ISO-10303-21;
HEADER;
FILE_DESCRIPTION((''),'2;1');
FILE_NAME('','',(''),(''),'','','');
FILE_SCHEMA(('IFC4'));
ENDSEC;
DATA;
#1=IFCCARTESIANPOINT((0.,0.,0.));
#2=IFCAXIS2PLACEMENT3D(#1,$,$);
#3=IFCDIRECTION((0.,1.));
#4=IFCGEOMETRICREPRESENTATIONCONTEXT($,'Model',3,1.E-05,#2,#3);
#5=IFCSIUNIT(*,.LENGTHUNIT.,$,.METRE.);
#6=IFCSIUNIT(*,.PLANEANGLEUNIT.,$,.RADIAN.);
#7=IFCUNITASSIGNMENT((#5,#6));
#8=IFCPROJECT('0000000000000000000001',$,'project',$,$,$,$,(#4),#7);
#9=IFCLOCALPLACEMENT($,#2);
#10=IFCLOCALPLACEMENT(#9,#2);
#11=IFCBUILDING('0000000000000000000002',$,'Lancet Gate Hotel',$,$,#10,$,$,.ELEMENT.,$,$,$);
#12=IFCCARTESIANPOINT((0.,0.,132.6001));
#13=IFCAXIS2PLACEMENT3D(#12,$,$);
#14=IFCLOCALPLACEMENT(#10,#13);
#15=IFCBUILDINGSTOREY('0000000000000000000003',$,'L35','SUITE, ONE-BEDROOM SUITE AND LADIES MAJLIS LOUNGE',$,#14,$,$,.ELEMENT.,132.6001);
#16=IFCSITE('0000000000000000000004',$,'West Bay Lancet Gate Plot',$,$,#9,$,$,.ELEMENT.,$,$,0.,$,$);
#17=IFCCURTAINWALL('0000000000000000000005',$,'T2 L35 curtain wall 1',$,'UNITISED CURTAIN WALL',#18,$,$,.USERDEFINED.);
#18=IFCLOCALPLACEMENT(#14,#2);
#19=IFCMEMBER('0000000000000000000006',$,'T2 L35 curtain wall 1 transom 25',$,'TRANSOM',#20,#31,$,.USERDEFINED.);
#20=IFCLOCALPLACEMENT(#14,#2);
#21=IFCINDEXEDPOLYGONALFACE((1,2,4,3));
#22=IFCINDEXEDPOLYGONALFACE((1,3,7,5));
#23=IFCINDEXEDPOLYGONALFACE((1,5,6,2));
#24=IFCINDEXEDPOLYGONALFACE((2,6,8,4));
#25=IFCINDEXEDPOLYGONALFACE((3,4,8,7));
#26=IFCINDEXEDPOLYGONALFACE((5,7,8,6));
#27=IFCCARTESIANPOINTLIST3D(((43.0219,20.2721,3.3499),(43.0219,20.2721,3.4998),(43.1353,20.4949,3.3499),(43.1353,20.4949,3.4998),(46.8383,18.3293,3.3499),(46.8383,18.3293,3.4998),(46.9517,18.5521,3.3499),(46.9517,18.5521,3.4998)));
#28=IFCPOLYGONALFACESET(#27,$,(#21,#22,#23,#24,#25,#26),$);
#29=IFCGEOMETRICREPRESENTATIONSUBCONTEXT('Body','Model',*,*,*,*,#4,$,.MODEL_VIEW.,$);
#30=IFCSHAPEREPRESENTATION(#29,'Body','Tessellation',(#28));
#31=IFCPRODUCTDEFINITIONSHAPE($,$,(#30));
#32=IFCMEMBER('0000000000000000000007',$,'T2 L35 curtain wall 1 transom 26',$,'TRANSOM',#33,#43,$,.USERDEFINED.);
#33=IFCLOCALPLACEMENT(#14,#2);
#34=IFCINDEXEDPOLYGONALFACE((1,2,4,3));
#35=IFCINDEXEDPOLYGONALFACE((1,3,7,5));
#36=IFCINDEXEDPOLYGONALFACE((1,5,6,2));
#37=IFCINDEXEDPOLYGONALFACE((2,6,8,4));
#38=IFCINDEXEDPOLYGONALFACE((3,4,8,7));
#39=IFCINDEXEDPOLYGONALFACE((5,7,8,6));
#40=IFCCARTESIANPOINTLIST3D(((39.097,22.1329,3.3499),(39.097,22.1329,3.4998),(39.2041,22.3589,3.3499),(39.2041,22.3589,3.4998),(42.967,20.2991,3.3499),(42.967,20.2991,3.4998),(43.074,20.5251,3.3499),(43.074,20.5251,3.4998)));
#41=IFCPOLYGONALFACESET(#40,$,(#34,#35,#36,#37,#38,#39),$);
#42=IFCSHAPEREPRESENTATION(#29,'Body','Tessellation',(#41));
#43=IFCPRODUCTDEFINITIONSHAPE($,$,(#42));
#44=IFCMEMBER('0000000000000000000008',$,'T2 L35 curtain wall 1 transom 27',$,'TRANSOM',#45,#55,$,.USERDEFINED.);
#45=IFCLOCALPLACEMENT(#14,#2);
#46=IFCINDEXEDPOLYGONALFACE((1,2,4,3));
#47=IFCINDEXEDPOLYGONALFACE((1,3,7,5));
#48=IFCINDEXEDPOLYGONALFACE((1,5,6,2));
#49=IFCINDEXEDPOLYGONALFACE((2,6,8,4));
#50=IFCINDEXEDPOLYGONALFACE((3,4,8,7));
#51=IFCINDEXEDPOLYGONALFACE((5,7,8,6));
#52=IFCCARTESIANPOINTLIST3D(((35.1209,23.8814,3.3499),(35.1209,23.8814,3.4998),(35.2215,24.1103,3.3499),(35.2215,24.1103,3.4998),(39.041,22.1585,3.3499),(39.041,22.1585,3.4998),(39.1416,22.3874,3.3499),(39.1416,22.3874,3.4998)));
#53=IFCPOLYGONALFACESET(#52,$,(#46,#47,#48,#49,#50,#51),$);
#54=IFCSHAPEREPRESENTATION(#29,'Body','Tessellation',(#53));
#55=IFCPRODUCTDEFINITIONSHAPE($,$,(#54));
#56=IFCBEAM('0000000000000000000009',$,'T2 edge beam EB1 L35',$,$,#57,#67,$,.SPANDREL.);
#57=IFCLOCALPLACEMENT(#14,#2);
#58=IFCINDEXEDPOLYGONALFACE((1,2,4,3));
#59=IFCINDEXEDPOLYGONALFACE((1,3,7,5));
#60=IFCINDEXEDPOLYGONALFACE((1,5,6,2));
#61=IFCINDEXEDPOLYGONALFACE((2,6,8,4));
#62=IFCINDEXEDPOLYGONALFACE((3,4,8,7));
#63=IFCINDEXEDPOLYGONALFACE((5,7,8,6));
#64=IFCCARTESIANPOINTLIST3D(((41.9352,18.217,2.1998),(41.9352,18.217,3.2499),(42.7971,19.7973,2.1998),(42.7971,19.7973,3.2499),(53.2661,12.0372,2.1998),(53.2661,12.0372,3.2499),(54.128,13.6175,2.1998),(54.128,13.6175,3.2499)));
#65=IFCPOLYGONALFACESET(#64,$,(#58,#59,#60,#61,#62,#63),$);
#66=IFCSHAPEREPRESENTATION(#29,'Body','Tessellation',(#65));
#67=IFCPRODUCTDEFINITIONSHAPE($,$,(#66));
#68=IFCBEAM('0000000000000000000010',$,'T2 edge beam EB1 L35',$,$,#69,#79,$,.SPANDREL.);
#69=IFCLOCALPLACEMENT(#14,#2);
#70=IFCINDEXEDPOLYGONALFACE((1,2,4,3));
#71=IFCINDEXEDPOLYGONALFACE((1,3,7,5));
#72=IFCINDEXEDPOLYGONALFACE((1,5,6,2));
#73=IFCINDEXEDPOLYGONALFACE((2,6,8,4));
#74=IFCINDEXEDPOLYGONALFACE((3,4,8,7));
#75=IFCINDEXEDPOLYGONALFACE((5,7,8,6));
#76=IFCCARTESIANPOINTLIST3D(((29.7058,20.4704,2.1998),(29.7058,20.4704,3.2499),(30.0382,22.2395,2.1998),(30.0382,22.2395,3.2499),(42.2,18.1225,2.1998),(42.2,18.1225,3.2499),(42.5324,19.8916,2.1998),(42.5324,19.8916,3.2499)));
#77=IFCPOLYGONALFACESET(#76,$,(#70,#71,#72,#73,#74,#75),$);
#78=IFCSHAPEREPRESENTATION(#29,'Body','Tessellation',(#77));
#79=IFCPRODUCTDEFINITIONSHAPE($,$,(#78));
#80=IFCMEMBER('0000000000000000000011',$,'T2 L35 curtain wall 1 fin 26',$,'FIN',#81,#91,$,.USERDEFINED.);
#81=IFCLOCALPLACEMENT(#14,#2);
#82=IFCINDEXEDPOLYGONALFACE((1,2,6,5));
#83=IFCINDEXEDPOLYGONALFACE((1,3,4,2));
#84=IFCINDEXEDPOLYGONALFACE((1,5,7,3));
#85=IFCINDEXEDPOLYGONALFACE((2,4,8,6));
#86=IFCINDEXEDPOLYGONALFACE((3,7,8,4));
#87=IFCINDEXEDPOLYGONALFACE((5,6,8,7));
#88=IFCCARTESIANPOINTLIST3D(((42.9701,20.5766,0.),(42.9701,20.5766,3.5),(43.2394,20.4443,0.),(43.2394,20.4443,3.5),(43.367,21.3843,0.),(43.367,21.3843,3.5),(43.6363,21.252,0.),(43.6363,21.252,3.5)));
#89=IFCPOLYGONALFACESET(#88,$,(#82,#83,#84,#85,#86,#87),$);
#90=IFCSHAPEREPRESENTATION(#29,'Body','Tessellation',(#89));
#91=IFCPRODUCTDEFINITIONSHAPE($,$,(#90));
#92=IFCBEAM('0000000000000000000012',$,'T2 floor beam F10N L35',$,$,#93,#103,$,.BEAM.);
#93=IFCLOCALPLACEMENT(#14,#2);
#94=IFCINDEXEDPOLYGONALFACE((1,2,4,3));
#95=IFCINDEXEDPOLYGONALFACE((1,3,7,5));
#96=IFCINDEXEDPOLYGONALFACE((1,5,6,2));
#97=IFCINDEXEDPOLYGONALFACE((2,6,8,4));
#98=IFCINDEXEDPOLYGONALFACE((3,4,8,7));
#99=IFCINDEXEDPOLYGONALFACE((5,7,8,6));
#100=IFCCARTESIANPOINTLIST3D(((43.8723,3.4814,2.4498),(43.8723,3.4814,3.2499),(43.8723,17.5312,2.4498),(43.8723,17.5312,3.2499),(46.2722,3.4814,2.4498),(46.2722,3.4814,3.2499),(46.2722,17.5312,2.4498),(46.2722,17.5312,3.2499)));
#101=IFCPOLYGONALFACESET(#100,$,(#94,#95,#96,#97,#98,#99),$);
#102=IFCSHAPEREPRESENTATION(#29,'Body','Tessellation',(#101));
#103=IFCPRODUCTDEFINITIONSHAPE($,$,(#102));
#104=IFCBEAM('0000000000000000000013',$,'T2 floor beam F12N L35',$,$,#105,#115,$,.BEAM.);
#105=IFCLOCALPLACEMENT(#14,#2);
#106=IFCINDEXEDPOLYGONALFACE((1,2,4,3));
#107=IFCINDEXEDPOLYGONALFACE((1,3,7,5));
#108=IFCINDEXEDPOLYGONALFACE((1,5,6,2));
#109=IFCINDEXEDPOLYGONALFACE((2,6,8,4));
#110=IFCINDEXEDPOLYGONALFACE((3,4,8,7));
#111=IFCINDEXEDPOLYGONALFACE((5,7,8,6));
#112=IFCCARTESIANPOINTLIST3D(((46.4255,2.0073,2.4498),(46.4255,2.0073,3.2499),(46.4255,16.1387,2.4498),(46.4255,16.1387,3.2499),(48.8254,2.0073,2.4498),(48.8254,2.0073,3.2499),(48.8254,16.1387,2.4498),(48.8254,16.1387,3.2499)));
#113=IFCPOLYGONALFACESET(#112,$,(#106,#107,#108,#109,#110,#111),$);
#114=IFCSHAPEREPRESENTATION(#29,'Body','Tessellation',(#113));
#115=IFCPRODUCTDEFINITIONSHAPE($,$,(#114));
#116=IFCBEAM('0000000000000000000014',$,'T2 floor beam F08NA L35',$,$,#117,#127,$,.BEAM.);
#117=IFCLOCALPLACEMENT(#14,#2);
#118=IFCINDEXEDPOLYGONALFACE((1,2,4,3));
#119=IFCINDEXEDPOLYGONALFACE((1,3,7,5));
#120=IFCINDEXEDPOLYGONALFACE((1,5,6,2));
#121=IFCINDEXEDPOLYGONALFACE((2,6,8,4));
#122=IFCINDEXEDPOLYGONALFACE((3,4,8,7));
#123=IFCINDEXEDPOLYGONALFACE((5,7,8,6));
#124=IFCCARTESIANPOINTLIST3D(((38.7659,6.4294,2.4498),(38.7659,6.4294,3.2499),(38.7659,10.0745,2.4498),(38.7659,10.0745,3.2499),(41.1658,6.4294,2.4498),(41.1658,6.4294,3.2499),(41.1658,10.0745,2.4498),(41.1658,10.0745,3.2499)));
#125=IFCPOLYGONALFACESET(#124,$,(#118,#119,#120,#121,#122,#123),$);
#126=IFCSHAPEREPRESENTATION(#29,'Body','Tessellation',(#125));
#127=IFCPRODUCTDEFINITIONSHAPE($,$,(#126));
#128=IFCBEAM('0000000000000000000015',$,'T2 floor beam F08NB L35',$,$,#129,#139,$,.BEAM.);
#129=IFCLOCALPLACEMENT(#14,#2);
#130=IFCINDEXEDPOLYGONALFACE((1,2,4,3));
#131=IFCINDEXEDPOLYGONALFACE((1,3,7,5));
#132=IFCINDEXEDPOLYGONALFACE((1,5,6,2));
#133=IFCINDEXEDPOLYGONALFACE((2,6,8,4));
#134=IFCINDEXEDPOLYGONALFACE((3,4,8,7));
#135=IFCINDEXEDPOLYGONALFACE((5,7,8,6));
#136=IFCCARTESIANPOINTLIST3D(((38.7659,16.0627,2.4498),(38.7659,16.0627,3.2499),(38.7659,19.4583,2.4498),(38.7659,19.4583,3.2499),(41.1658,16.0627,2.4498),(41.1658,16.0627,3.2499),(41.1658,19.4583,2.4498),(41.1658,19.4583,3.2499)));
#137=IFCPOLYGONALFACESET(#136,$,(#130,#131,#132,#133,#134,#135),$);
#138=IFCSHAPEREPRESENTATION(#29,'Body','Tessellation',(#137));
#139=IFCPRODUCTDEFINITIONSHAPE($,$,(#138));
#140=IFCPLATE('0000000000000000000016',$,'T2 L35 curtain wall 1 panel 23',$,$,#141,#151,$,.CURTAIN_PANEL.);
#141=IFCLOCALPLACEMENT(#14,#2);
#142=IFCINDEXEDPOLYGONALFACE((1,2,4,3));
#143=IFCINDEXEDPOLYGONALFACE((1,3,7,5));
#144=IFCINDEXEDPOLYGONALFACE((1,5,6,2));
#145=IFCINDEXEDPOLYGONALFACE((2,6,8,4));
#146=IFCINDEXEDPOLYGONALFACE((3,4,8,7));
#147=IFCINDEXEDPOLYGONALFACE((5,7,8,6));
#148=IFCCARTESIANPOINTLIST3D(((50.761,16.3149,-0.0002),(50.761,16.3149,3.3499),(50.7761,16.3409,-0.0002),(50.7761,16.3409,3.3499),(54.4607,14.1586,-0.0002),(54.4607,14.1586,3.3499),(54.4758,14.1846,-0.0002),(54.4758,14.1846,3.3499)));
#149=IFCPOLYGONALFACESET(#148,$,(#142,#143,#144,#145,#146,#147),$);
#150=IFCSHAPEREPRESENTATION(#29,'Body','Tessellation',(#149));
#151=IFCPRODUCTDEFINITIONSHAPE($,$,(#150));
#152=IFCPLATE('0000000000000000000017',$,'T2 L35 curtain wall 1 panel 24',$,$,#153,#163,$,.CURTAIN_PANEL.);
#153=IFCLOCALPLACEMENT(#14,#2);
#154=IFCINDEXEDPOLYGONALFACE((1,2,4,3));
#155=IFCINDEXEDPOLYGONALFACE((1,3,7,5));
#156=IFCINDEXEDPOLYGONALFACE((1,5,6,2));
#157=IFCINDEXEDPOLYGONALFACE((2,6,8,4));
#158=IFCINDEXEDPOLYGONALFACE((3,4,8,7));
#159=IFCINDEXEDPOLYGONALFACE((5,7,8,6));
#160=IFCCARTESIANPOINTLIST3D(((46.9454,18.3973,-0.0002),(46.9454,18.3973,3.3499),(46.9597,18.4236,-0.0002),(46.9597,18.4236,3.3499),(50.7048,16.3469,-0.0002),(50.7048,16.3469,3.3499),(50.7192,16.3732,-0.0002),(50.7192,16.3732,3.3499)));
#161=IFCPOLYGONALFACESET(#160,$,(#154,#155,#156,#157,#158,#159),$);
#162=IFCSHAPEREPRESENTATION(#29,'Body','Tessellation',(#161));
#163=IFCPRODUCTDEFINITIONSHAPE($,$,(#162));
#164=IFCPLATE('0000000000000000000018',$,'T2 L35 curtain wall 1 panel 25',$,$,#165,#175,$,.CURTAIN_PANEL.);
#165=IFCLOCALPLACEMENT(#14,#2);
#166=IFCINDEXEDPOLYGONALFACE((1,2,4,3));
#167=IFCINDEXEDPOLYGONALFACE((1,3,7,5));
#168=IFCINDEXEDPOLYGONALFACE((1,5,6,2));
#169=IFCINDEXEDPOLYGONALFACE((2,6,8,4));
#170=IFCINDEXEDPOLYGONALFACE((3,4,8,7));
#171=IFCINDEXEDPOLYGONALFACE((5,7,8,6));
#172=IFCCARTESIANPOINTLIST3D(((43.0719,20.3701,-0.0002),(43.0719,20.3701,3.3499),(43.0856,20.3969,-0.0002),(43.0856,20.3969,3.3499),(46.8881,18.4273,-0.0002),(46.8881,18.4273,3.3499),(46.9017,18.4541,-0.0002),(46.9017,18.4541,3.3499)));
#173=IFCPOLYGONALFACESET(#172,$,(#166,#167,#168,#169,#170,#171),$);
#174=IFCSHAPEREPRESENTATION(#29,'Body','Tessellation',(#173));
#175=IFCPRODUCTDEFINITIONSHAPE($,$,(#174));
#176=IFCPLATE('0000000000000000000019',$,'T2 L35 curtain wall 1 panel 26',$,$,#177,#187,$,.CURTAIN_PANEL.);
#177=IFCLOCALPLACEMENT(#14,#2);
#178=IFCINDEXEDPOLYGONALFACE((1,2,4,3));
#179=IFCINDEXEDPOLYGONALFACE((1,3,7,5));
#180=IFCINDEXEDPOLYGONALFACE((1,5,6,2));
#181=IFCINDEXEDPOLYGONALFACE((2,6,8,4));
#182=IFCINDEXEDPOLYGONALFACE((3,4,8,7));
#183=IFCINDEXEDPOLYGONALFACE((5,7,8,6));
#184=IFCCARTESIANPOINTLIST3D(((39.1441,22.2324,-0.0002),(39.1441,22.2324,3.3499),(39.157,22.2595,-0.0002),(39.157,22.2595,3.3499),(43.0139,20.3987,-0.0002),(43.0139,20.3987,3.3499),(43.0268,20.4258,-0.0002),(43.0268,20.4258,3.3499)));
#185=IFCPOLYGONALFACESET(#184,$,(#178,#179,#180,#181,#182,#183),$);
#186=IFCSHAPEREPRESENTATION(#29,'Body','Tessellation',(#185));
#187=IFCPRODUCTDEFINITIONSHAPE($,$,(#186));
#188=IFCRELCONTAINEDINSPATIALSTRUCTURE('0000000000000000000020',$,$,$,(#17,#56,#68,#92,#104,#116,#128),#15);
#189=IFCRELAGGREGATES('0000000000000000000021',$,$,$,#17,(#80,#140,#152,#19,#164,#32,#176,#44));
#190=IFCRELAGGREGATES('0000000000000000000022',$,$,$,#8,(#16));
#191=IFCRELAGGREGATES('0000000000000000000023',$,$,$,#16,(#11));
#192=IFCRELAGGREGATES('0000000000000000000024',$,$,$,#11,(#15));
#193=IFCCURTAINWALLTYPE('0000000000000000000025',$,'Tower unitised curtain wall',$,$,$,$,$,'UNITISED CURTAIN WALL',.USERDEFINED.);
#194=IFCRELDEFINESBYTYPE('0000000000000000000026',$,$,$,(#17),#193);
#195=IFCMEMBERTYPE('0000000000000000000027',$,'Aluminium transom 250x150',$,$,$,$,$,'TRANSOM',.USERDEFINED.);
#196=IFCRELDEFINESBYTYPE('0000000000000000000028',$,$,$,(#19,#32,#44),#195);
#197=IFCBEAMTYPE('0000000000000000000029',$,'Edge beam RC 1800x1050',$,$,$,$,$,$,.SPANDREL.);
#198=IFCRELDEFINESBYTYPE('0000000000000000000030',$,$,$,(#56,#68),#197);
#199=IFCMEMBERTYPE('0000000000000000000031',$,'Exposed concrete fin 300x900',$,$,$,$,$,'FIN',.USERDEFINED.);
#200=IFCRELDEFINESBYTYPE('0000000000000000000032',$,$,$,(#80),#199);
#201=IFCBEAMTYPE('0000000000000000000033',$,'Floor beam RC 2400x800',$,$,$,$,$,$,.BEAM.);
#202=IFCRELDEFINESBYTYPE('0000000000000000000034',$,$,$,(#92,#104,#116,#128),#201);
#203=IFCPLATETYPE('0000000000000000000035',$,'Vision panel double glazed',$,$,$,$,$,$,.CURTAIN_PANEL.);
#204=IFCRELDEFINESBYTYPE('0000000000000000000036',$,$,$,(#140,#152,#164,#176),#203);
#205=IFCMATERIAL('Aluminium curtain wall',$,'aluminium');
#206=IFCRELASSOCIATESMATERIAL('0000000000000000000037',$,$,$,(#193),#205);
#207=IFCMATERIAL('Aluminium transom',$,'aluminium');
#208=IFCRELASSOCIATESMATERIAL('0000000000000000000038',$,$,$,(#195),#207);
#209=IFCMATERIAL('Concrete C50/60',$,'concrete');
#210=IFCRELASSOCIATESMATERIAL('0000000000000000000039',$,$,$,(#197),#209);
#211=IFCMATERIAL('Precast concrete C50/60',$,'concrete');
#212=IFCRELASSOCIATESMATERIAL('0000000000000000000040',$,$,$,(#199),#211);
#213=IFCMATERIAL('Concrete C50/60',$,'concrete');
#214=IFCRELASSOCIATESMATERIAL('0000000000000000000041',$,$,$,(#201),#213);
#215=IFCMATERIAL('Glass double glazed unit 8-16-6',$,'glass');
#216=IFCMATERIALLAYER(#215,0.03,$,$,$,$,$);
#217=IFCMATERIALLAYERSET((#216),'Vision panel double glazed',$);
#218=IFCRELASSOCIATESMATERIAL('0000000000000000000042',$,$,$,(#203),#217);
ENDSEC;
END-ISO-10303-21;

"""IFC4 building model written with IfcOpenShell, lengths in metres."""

from ifc_helpers import new_model, si_unit, direction, frame, origin, origin_2d, place, context, subcontext, project, spatial, rectangle, extrude, material, layer, layer_set, material_profile, profile_set, type_object, element, aggregate, save


model = new_model("IFC4")

# Units and contexts
model_context = context("Model", 3, precision=1e-05, world=origin(), true_north=direction((0.0, 1.0)))
body_context = subcontext(model_context, "Body", "Model", "MODEL_VIEW")
ifc_project = project(units=[si_unit("LENGTHUNIT", "METRE"), si_unit("PLANEANGLEUNIT", "RADIAN")], contexts=[model_context])

# Site, building, storey
site_placement = place(None, origin())
site = spatial("IfcSite", under=ifc_project, at=site_placement, Name="West Bay Lancet Gate Plot", CompositionType="ELEMENT", RefElevation=0.0)
building_placement = place(site_placement, origin())
building = spatial("IfcBuilding", under=site, at=building_placement, Name="Lancet Gate Hotel", CompositionType="ELEMENT")
storey_placement = place(building_placement, frame((0.0, 0.0, 132.6001)))
storey = spatial("IfcBuildingStorey", under=building, at=storey_placement, Name="L35", Description="SUITE, ONE-BEDROOM SUITE AND LADIES MAJLIS LOUNGE", CompositionType="ELEMENT", Elevation=132.6001)

# Curtain wall, members
ifc_material_1 = material(Name="Aluminium curtain wall", Category="aluminium")
curtain_wall_type = type_object("IfcCurtainWallType", Name="Tower unitised curtain wall", ElementType="UNITISED CURTAIN WALL", PredefinedType="USERDEFINED", material=ifc_material_1)
curtain_wall_placement = place(storey_placement, origin())
curtain_wall = element("IfcCurtainWall", 1, at=curtain_wall_placement, inside=storey, type_object=curtain_wall_type, Name="T2 L35 curtain wall 1", ObjectType="UNITISED CURTAIN WALL", PredefinedType="USERDEFINED")
ifc_material_2 = material(Name="Aluminium transom", Category="aluminium")
ifc_material_profile_1 = material_profile(ifc_material_2, rectangle(XDim=0.25, YDim=0.1499, at=origin_2d()), Name="TRANSOM 250x150")
ifc_profile_set_1 = profile_set([ifc_material_profile_1], Name="Aluminium transom")
member_type_1 = type_object("IfcMemberType", Name="Aluminium transom 250x150", ElementType="TRANSOM", PredefinedType="USERDEFINED", material=ifc_profile_set_1)
member_1_placement = place(storey_placement, frame((46.895, 18.4407, 3.4248), z_axis=(-0.891166, 0.453678, 0.0), x_axis=(-0.453678, -0.891166, 0.0)))
member_1 = element("IfcMember", 2, at=member_1_placement, type_object=member_type_1, Name="T2 L35 curtain wall 1 transom 25", ObjectType="TRANSOM", PredefinedType="USERDEFINED", context=body_context, shape_type="SweptSolid", body=[
    extrude(rectangle(XDim=0.25, YDim=0.1499, at=origin_2d()), origin(), (0.0, 0.0, 1.0), 4.2825),
])
member_2_placement = place(storey_placement, frame((43.0205, 20.4121, 3.4248), z_axis=(-0.90368, 0.428209, 0.0), x_axis=(-0.428209, -0.90368, 0.0)))
member_2 = element("IfcMember", 3, at=member_2_placement, type_object=member_type_1, Name="T2 L35 curtain wall 1 transom 26", ObjectType="TRANSOM", PredefinedType="USERDEFINED", context=body_context, shape_type="SweptSolid", body=[
    extrude(rectangle(XDim=0.25, YDim=0.1499, at=origin_2d()), origin(), (0.0, 0.0, 1.0), 4.2825),
])
member_3_placement = place(storey_placement, frame((39.0913, 22.2729, 3.4248), z_axis=(-0.915485, 0.402353, 0.0), x_axis=(-0.402353, -0.915485, 0.0)))
member_3 = element("IfcMember", 4, at=member_3_placement, type_object=member_type_1, Name="T2 L35 curtain wall 1 transom 27", ObjectType="TRANSOM", PredefinedType="USERDEFINED", context=body_context, shape_type="SweptSolid", body=[
    extrude(rectangle(XDim=0.25, YDim=0.1499, at=origin_2d()), origin(), (0.0, 0.0, 1.0), 4.282),
])

# Beams
ifc_material_3 = material(Name="Concrete C50/60", Category="concrete")
ifc_material_profile_2 = material_profile(ifc_material_3, rectangle(XDim=1.8, YDim=1.05, at=origin_2d()), Name="RC 1800x1050")
ifc_profile_set_2 = profile_set([ifc_material_profile_2], Name="Concrete C50/60")
beam_type_1 = type_object("IfcBeamType", Name="Edge beam RC 1800x1050", PredefinedType="SPANDREL", material=ifc_profile_set_2)
beam_1_placement = place(storey_placement, frame((53.697, 12.8274, 2.7249), z_axis=(-0.87792, 0.478807, 0.0), x_axis=(-0.478807, -0.87792, 0.0)))
element("IfcBeam", 5, at=beam_1_placement, inside=storey, type_object=beam_type_1, Name="T2 edge beam EB1 L35", PredefinedType="SPANDREL", context=body_context, shape_type="SweptSolid", body=[
    extrude(rectangle(XDim=1.8, YDim=1.05, at=origin_2d()), origin(), (0.0, 0.0, 1.0), 12.9065),
])
beam_2_placement = place(storey_placement, frame((42.3662, 19.0071, 2.7249), z_axis=(-0.982797, 0.184687, 0.0), x_axis=(-0.184687, -0.982797, 0.0)))
element("IfcBeam", 6, at=beam_2_placement, inside=storey, type_object=beam_type_1, Name="T2 edge beam EB1 L35", PredefinedType="SPANDREL", context=body_context, shape_type="SweptSolid", body=[
    extrude(rectangle(XDim=1.8, YDim=1.05, at=origin_2d()), origin(), (0.0, 0.0, 1.0), 12.7129),
])

# Member
ifc_material_4 = material(Name="Precast concrete C50/60", Category="concrete")
ifc_material_profile_3 = material_profile(ifc_material_4, rectangle(XDim=0.3, YDim=0.8999, at=origin_2d()), Name="FIN 300x900")
ifc_profile_set_3 = profile_set([ifc_material_profile_3], Name="Precast concrete C50/60")
member_type_2 = type_object("IfcMemberType", Name="Exposed concrete fin 300x900", ElementType="FIN", PredefinedType="USERDEFINED", material=ifc_profile_set_3)
member_4_placement = place(storey_placement, frame((43.3032, 20.9143, 0.0), z_axis=(0.0, 0.0, 1.0), x_axis=(-0.897512, 0.44099, 0.0)))
member_4 = element("IfcMember", 7, at=member_4_placement, type_object=member_type_2, Name="T2 L35 curtain wall 1 fin 26", ObjectType="FIN", PredefinedType="USERDEFINED", context=body_context, shape_type="SweptSolid", body=[
    extrude(rectangle(XDim=0.3, YDim=0.8999, at=origin_2d()), origin(), (0.0, 0.0, 1.0), 3.5),
])

# Beams
ifc_material_5 = material(Name="Concrete C50/60", Category="concrete")
ifc_material_profile_4 = material_profile(ifc_material_5, rectangle(XDim=2.3999, YDim=0.8, at=origin_2d()), Name="RC 2400x800")
ifc_profile_set_4 = profile_set([ifc_material_profile_4], Name="Concrete C50/60")
beam_type_2 = type_object("IfcBeamType", Name="Floor beam RC 2400x800", PredefinedType="BEAM", material=ifc_profile_set_4)
beam_3_placement = place(storey_placement, frame((45.0723, 3.4814, 2.8499), z_axis=(0.0, 1.0, 0.0), x_axis=(-1.0, 0.0, 0.0)))
element("IfcBeam", 8, at=beam_3_placement, inside=storey, type_object=beam_type_2, Name="T2 floor beam F10N L35", PredefinedType="BEAM", context=body_context, shape_type="SweptSolid", body=[
    extrude(rectangle(XDim=2.3999, YDim=0.8, at=origin_2d()), origin(), (0.0, 0.0, 1.0), 14.0498),
])
beam_4_placement = place(storey_placement, frame((47.6255, 2.0073, 2.8499), z_axis=(0.0, 1.0, 0.0), x_axis=(-1.0, 0.0, 0.0)))
element("IfcBeam", 9, at=beam_4_placement, inside=storey, type_object=beam_type_2, Name="T2 floor beam F12N L35", PredefinedType="BEAM", context=body_context, shape_type="SweptSolid", body=[
    extrude(rectangle(XDim=2.3999, YDim=0.8, at=origin_2d()), origin(), (0.0, 0.0, 1.0), 14.1313),
])
beam_5_placement = place(storey_placement, frame((39.9658, 6.4294, 2.8499), z_axis=(0.0, 1.0, 0.0), x_axis=(-1.0, 0.0, 0.0)))
element("IfcBeam", 10, at=beam_5_placement, inside=storey, type_object=beam_type_2, Name="T2 floor beam F08NA L35", PredefinedType="BEAM", context=body_context, shape_type="SweptSolid", body=[
    extrude(rectangle(XDim=2.3999, YDim=0.8, at=origin_2d()), origin(), (0.0, 0.0, 1.0), 3.645),
])
beam_6_placement = place(storey_placement, frame((39.9658, 16.0627, 2.8499), z_axis=(0.0, 1.0, 0.0), x_axis=(-1.0, 0.0, 0.0)))
element("IfcBeam", 11, at=beam_6_placement, inside=storey, type_object=beam_type_2, Name="T2 floor beam F08NB L35", PredefinedType="BEAM", context=body_context, shape_type="SweptSolid", body=[
    extrude(rectangle(XDim=2.3999, YDim=0.8, at=origin_2d()), origin(), (0.0, 0.0, 1.0), 3.3955),
])

# Plates
ifc_material_6 = material(Name="Glass double glazed unit 8-16-6", Category="glass")
ifc_layer_1 = layer(ifc_material_6, 0.03)
ifc_layer_set_1 = layer_set([ifc_layer_1], Name="Vision panel double glazed")
plate_type = type_object("IfcPlateType", Name="Vision panel double glazed", PredefinedType="CURTAIN_PANEL", material=ifc_layer_set_1)
plate_1_placement = place(storey_placement, frame((52.6184, 15.2498, -0.0002), z_axis=(0.0, 0.0, 1.0), x_axis=(-0.863966, 0.503551, 0.0)))
plate_1 = element("IfcPlate", 12, at=plate_1_placement, type_object=plate_type, Name="T2 L35 curtain wall 1 panel 23", PredefinedType="CURTAIN_PANEL", context=body_context, shape_type="SweptSolid", body=[
    extrude(rectangle(XDim=4.2822, YDim=0.03, at=origin_2d()), origin(), (0.0, 0.0, 1.0), 3.3501),
])
plate_2_placement = place(storey_placement, frame((48.8323, 17.3853, -0.0002), z_axis=(0.0, 0.0, 1.0), x_axis=(-0.877916, 0.478814, 0.0)))
plate_2 = element("IfcPlate", 13, at=plate_2_placement, type_object=plate_type, Name="T2 L35 curtain wall 1 panel 24", PredefinedType="CURTAIN_PANEL", context=body_context, shape_type="SweptSolid", body=[
    extrude(rectangle(XDim=4.2822, YDim=0.03, at=origin_2d()), origin(), (0.0, 0.0, 1.0), 3.3501),
])
plate_3_placement = place(storey_placement, frame((44.9868, 19.4121, -0.0002), z_axis=(0.0, 0.0, 1.0), x_axis=(-0.891159, 0.45369, 0.0)))
plate_3 = element("IfcPlate", 14, at=plate_3_placement, type_object=plate_type, Name="T2 L35 curtain wall 1 panel 25", PredefinedType="CURTAIN_PANEL", context=body_context, shape_type="SweptSolid", body=[
    extrude(rectangle(XDim=4.2822, YDim=0.03, at=origin_2d()), origin(), (0.0, 0.0, 1.0), 3.3501),
])
plate_4_placement = place(storey_placement, frame((41.0854, 21.3291, -0.0002), z_axis=(0.0, 0.0, 1.0), x_axis=(-0.903683, 0.428201, 0.0)))
plate_4 = element("IfcPlate", 15, at=plate_4_placement, type_object=plate_type, Name="T2 L35 curtain wall 1 panel 26", PredefinedType="CURTAIN_PANEL", context=body_context, shape_type="SweptSolid", body=[
    extrude(rectangle(XDim=4.2822, YDim=0.03, at=origin_2d()), origin(), (0.0, 0.0, 1.0), 3.3501),
])
aggregate(curtain_wall, [member_4, plate_1, plate_2, member_1, plate_3, member_2, plate_4, member_3])

save(model, "model.ifc")
